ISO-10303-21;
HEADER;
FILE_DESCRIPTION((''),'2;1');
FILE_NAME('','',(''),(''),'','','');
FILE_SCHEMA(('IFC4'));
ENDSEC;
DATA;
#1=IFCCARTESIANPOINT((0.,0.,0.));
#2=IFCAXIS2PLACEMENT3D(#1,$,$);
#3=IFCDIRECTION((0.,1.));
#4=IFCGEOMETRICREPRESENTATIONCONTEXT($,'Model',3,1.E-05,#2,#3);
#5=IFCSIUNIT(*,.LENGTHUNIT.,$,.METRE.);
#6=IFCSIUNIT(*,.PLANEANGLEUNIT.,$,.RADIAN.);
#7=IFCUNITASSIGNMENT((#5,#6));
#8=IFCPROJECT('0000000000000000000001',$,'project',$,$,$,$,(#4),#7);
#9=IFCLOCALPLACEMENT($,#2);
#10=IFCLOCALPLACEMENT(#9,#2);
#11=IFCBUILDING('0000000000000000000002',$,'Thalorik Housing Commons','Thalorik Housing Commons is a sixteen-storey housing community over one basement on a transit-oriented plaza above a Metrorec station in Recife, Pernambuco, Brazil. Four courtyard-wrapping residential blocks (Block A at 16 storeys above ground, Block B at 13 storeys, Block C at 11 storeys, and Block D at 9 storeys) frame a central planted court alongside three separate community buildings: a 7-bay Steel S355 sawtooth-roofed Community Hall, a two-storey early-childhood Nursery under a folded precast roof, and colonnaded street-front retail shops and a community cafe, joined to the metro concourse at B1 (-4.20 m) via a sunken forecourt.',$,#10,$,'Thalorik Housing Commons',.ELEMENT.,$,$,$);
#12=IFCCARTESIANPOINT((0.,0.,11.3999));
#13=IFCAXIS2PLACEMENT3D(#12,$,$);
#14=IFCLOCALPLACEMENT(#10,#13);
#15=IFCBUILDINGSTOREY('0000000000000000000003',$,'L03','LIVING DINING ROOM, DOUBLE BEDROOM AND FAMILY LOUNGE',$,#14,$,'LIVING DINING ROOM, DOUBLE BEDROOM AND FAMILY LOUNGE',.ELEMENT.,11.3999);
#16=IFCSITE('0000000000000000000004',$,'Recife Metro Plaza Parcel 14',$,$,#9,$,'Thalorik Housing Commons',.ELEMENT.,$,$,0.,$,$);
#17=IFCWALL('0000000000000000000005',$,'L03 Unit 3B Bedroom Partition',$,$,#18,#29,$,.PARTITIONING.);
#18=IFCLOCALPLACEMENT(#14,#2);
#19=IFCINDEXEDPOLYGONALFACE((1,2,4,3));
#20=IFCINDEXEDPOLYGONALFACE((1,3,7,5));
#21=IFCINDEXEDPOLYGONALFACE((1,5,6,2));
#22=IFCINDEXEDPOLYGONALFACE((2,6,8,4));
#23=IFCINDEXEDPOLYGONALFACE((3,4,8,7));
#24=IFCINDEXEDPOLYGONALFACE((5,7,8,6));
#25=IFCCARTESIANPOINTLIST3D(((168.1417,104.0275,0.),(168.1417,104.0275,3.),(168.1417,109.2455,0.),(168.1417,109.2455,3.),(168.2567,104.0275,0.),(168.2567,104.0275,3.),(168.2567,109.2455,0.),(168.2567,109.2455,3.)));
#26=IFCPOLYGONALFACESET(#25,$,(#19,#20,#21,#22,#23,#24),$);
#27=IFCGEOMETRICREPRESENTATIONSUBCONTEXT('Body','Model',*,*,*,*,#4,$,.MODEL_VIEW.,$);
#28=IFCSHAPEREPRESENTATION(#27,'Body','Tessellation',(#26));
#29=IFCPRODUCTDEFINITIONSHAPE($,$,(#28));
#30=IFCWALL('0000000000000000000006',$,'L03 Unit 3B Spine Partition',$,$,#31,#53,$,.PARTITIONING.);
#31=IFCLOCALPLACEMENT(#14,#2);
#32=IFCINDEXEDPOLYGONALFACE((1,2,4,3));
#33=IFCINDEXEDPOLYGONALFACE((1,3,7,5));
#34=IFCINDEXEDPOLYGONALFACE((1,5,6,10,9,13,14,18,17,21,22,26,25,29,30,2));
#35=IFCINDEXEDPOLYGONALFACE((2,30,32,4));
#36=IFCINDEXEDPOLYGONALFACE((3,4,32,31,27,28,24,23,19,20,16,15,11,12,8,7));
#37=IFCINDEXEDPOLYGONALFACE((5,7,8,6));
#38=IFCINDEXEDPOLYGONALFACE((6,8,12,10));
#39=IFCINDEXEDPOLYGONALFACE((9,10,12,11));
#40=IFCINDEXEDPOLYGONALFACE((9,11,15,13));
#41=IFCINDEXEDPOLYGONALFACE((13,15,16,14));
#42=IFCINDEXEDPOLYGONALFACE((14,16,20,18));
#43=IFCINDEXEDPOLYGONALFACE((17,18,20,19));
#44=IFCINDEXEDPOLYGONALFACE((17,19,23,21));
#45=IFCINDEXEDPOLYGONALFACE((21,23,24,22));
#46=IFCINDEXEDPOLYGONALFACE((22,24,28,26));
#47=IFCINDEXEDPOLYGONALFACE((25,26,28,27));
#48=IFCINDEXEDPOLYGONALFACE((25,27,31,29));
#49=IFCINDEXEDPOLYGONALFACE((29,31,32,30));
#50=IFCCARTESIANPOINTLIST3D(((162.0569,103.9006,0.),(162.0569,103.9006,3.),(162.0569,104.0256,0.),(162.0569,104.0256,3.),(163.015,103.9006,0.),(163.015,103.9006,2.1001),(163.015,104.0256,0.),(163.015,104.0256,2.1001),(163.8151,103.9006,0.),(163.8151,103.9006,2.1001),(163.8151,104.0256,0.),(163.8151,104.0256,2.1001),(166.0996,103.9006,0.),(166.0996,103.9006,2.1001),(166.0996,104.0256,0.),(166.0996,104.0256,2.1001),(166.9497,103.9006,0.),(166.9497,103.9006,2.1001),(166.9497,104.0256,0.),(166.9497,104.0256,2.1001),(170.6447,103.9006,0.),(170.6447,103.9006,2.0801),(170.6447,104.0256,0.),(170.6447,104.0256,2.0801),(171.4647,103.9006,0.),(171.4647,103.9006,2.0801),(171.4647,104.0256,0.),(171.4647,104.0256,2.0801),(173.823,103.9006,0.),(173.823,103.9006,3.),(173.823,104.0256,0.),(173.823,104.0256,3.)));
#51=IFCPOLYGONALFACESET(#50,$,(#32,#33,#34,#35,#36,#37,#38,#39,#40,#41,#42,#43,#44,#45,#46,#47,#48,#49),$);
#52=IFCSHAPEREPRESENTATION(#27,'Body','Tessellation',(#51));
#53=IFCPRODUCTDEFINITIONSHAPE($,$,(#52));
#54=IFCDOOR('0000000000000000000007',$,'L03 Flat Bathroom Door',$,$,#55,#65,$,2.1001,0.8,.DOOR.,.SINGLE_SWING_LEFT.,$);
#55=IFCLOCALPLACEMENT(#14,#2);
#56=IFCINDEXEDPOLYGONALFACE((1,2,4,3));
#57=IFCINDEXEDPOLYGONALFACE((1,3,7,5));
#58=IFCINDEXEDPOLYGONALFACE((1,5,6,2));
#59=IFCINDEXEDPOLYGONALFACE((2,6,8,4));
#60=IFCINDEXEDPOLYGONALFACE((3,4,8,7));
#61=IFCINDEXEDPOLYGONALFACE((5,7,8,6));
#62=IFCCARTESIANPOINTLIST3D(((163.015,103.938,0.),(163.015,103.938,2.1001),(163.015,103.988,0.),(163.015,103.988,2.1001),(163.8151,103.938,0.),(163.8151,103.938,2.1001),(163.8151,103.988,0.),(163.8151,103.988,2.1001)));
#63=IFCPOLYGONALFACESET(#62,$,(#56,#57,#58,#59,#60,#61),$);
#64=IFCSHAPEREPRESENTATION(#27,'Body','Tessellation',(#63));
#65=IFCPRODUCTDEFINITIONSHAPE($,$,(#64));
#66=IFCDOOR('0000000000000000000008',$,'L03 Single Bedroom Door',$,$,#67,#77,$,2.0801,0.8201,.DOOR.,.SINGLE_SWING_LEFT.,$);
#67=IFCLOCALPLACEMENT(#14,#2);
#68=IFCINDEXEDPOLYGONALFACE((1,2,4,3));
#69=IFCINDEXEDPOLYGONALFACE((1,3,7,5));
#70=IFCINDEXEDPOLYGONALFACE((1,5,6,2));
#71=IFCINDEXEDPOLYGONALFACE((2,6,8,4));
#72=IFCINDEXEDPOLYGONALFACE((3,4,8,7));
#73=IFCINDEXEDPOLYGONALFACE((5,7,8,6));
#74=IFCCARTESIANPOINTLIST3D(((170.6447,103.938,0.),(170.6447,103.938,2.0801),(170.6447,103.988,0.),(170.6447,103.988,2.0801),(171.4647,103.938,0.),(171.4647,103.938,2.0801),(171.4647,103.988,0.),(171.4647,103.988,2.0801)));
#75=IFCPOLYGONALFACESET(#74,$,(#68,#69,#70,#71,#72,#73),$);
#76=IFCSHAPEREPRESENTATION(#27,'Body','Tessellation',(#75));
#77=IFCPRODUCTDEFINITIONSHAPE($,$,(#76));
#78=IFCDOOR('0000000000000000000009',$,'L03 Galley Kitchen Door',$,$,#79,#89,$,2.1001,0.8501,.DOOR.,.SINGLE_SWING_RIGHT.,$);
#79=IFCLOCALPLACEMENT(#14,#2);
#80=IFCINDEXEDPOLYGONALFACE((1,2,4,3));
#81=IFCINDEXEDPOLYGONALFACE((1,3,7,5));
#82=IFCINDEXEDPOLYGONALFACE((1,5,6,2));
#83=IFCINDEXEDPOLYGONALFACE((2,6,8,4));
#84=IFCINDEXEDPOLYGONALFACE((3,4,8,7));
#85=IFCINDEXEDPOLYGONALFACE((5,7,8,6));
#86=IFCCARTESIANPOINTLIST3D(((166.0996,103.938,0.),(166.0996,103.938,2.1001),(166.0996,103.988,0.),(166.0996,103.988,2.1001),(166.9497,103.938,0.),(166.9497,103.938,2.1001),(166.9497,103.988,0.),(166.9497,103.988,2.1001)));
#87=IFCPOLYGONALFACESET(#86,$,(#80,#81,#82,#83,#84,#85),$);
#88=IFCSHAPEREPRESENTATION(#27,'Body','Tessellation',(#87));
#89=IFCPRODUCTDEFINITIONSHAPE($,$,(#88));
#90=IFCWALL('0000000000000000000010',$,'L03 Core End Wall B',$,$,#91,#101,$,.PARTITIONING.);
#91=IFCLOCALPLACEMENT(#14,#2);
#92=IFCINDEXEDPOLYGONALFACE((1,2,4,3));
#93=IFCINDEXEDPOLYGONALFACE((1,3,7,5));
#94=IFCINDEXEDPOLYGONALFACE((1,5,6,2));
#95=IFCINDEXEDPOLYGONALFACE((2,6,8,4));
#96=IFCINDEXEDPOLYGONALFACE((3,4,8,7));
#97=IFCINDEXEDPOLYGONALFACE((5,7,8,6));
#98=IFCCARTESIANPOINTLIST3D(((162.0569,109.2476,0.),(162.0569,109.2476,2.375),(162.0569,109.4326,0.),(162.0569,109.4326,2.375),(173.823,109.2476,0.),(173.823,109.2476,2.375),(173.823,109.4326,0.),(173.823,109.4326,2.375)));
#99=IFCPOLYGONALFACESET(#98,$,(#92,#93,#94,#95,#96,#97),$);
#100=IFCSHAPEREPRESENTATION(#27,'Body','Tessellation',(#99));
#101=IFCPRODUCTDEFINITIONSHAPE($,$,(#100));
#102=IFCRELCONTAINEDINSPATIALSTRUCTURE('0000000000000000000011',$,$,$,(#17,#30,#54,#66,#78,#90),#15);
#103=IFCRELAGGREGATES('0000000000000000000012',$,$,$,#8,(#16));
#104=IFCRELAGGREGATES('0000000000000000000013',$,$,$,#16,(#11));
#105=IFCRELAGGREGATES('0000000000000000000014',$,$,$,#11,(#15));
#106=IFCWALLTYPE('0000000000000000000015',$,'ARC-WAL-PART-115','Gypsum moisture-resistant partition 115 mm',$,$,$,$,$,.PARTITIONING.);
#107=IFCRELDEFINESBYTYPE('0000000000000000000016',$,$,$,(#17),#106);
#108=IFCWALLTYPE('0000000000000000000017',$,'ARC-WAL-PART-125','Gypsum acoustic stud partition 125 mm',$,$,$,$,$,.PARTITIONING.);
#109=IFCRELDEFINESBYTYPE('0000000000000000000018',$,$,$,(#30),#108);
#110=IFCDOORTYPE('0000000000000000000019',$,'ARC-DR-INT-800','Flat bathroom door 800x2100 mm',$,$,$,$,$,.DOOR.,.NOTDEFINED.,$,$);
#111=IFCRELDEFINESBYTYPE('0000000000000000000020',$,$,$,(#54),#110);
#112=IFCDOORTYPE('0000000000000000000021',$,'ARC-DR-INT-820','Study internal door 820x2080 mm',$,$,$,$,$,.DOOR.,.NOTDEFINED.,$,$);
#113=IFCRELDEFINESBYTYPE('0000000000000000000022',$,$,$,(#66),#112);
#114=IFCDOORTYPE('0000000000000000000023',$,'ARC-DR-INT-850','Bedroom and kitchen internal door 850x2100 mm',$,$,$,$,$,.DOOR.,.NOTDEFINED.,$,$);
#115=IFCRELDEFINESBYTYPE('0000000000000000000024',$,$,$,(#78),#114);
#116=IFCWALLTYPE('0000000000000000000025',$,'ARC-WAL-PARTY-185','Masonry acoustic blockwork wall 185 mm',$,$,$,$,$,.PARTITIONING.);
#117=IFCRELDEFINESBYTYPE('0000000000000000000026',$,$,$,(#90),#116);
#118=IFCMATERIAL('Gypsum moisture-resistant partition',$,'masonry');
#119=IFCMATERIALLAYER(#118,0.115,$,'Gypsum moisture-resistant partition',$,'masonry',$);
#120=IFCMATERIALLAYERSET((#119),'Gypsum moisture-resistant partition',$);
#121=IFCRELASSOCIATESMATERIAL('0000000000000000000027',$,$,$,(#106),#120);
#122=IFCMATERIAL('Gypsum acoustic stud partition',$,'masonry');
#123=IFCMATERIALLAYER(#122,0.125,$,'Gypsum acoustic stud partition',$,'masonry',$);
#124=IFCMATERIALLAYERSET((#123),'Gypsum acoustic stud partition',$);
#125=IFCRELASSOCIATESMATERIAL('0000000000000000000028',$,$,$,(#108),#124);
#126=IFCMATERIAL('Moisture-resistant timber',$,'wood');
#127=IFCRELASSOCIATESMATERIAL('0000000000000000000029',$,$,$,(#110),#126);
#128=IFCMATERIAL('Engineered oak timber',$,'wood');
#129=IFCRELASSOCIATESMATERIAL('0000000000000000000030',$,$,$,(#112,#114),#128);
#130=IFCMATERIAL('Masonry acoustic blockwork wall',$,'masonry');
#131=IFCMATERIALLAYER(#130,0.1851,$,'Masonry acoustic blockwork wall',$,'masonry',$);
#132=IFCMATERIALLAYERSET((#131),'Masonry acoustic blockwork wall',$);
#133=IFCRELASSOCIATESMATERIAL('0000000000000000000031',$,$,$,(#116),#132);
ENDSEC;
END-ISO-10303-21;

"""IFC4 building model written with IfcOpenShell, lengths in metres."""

from ifc_helpers import new_model, si_unit, direction, frame, frame_2d, origin, place, context, subcontext, project, spatial, rectangle, extrude, material, layer, layer_set, type_object, element, fill, save


model = new_model("IFC4")

# Units and contexts
model_context = context("Model", 3, precision=1e-05, world=origin(), true_north=direction((0.0, 1.0)))
body_context = subcontext(model_context, "Body", "Model", "MODEL_VIEW")
ifc_project = project(units=[si_unit("LENGTHUNIT", "METRE"), si_unit("PLANEANGLEUNIT", "RADIAN")], contexts=[model_context])

# Site, building, storey
site_placement = place(None, origin())
site = spatial("IfcSite", under=ifc_project, at=site_placement, Name="Recife Metro Plaza Parcel 14", LongName="Thalorik Housing Commons", CompositionType="ELEMENT", RefElevation=0.0)
building_placement = place(site_placement, origin())
building = spatial("IfcBuilding", under=site, at=building_placement, Name="Thalorik Housing Commons", Description="Thalorik Housing Commons is a sixteen-storey housing community over one basement on a transit-oriented plaza above a Metrorec station in Recife, Pernambuco, Brazil. Four courtyard-wrapping residential blocks (Block A at 16 storeys above ground, Block B at 13 storeys, Block C at 11 storeys, and Block D at 9 storeys) frame a central planted court alongside three separate community buildings: a 7-bay Steel S355 sawtooth-roofed Community Hall, a two-storey early-childhood Nursery under a folded precast roof, and colonnaded street-front retail shops and a community cafe, joined to the metro concourse at B1 (-4.20 m) via a sunken forecourt.", LongName="Thalorik Housing Commons", CompositionType="ELEMENT")
storey_placement = place(building_placement, frame((0.0, 0.0, 11.3999)))
storey = spatial("IfcBuildingStorey", under=building, at=storey_placement, Name="L03", Description="LIVING DINING ROOM, DOUBLE BEDROOM AND FAMILY LOUNGE", LongName="LIVING DINING ROOM, DOUBLE BEDROOM AND FAMILY LOUNGE", CompositionType="ELEMENT", Elevation=11.3999)

# Wall
ifc_material_1 = material(Name="Gypsum moisture-resistant partition", Category="masonry")
ifc_layer_1 = layer(ifc_material_1, 0.115, Name="Gypsum moisture-resistant partition", Category="masonry")
ifc_layer_set_1 = layer_set([ifc_layer_1], Name="Gypsum moisture-resistant partition")
wall_type_1 = type_object("IfcWallType", Name="ARC-WAL-PART-115", Description="Gypsum moisture-resistant partition 115 mm", PredefinedType="PARTITIONING", material=ifc_layer_set_1)
wall_1_placement = place(storey_placement, frame((168.1992, 104.0276, 0.0), z_axis=(0.0, 0.0, 1.0), x_axis=(0.0, 1.0, 0.0)))
element("IfcWall", 1, at=wall_1_placement, inside=storey, type_object=wall_type_1, Name="L03 Unit 3B Bedroom Partition", PredefinedType="PARTITIONING", context=body_context, shape_type="SweptSolid", body=[
    extrude(rectangle(XDim=5.218, YDim=0.115, at=frame_2d((2.6089, 0.0))), origin(), (0.0, 0.0, 1.0), 3.0),
])

# Wall, openings, doors
ifc_material_2 = material(Name="Gypsum acoustic stud partition", Category="masonry")
ifc_layer_2 = layer(ifc_material_2, 0.125, Name="Gypsum acoustic stud partition", Category="masonry")
ifc_layer_set_2 = layer_set([ifc_layer_2], Name="Gypsum acoustic stud partition")
wall_type_2 = type_object("IfcWallType", Name="ARC-WAL-PART-125", Description="Gypsum acoustic stud partition 125 mm", PredefinedType="PARTITIONING", material=ifc_layer_set_2)
wall_2_placement = place(storey_placement, frame((162.0569, 103.9631, 0.0), z_axis=(0.0, 0.0, 1.0), x_axis=(1.0, 0.0, 0.0)))
wall_2 = element("IfcWall", 2, at=wall_2_placement, inside=storey, type_object=wall_type_2, Name="L03 Unit 3B Spine Partition", PredefinedType="PARTITIONING", context=body_context, shape_type="SweptSolid", body=[
    extrude(rectangle(XDim=11.7661, YDim=0.125, at=frame_2d((5.8831, 0.0))), origin(), (0.0, 0.0, 1.0), 3.0),
])
opening_1_placement = place(wall_2_placement, frame((0.9583, 0.0, 0.0)))
opening_1 = element("IfcOpeningElement", 3, at=opening_1_placement, cuts=wall_2, PredefinedType="OPENING", context=body_context, shape_type="SweptSolid", body=[
    extrude(rectangle(XDim=0.8, YDim=2.1001, at=frame_2d((0.3999, 1.05))), frame((0.0, 0.0725, 0.0), z_axis=(0.0, -1.0, 0.0), x_axis=(1.0, 0.0, 0.0)), (0.0, 0.0, 1.0), 0.145),
])
opening_2_placement = place(wall_2_placement, frame((4.0427, 0.0, 0.0)))
opening_2 = element("IfcOpeningElement", 4, at=opening_2_placement, cuts=wall_2, PredefinedType="OPENING", context=body_context, shape_type="SweptSolid", body=[
    extrude(rectangle(XDim=0.8501, YDim=2.1001, at=frame_2d((0.425, 1.05))), frame((0.0, 0.0725, 0.0), z_axis=(0.0, -1.0, 0.0), x_axis=(1.0, 0.0, 0.0)), (0.0, 0.0, 1.0), 0.145),
])
opening_3_placement = place(wall_2_placement, frame((8.5876, 0.0, 0.0)))
opening_3 = element("IfcOpeningElement", 5, at=opening_3_placement, cuts=wall_2, PredefinedType="OPENING", context=body_context, shape_type="SweptSolid", body=[
    extrude(rectangle(XDim=0.8201, YDim=2.0801, at=frame_2d((0.4102, 1.04))), frame((0.0, 0.0725, 0.0), z_axis=(0.0, -1.0, 0.0), x_axis=(1.0, 0.0, 0.0)), (0.0, 0.0, 1.0), 0.145),
])
ifc_material_3 = material(Name="Moisture-resistant timber", Category="wood")
door_type_1 = type_object("IfcDoorType", Name="ARC-DR-INT-800", Description="Flat bathroom door 800x2100 mm", OperationType="NOTDEFINED", PredefinedType="DOOR", material=ifc_material_3)
door_1_placement = place(opening_1_placement, origin())
door_1 = element("IfcDoor", 6, at=door_1_placement, inside=storey, type_object=door_type_1, Name="L03 Flat Bathroom Door", OperationType="SINGLE_SWING_LEFT", OverallHeight=2.1001, OverallWidth=0.8, PredefinedType="DOOR", context=body_context, shape_type="SweptSolid", body=[
    extrude(rectangle(XDim=0.8, YDim=2.1001, at=frame_2d((0.3999, 1.05))), frame((0.0, 0.0249, 0.0), z_axis=(0.0, -1.0, 0.0), x_axis=(1.0, 0.0, 0.0)), (0.0, 0.0, 1.0), 0.05),
])
fill(opening_1, door_1)
ifc_material_4 = material(Name="Engineered oak timber", Category="wood")
door_type_2 = type_object("IfcDoorType", Name="ARC-DR-INT-820", Description="Study internal door 820x2080 mm", OperationType="NOTDEFINED", PredefinedType="DOOR", material=ifc_material_4)
door_2_placement = place(opening_3_placement, origin())
door_2 = element("IfcDoor", 7, at=door_2_placement, inside=storey, type_object=door_type_2, Name="L03 Single Bedroom Door", OperationType="SINGLE_SWING_LEFT", OverallHeight=2.0801, OverallWidth=0.8201, PredefinedType="DOOR", context=body_context, shape_type="SweptSolid", body=[
    extrude(rectangle(XDim=0.8201, YDim=2.0801, at=frame_2d((0.4102, 1.04))), frame((0.0, 0.0249, 0.0), z_axis=(0.0, -1.0, 0.0), x_axis=(1.0, 0.0, 0.0)), (0.0, 0.0, 1.0), 0.05),
])
fill(opening_3, door_2)
door_type_3 = type_object("IfcDoorType", Name="ARC-DR-INT-850", Description="Bedroom and kitchen internal door 850x2100 mm", OperationType="NOTDEFINED", PredefinedType="DOOR", material=ifc_material_4)
door_3_placement = place(opening_2_placement, origin())
door_3 = element("IfcDoor", 8, at=door_3_placement, inside=storey, type_object=door_type_3, Name="L03 Galley Kitchen Door", OperationType="SINGLE_SWING_RIGHT", OverallHeight=2.1001, OverallWidth=0.8501, PredefinedType="DOOR", context=body_context, shape_type="SweptSolid", body=[
    extrude(rectangle(XDim=0.8501, YDim=2.1001, at=frame_2d((0.425, 1.05))), frame((0.0, 0.0249, 0.0), z_axis=(0.0, -1.0, 0.0), x_axis=(1.0, 0.0, 0.0)), (0.0, 0.0, 1.0), 0.05),
])
fill(opening_2, door_3)

# Wall
ifc_material_5 = material(Name="Masonry acoustic blockwork wall", Category="masonry")
ifc_layer_3 = layer(ifc_material_5, 0.1851, Name="Masonry acoustic blockwork wall", Category="masonry")
ifc_layer_set_3 = layer_set([ifc_layer_3], Name="Masonry acoustic blockwork wall")
wall_type_3 = type_object("IfcWallType", Name="ARC-WAL-PARTY-185", Description="Masonry acoustic blockwork wall 185 mm", PredefinedType="PARTITIONING", material=ifc_layer_set_3)
wall_3_placement = place(storey_placement, frame((162.0569, 109.3401, 0.0), z_axis=(0.0, 0.0, 1.0), x_axis=(1.0, 0.0, 0.0)))
element("IfcWall", 9, at=wall_3_placement, inside=storey, type_object=wall_type_3, Name="L03 Core End Wall B", PredefinedType="PARTITIONING", context=body_context, shape_type="SweptSolid", body=[
    extrude(rectangle(XDim=11.7661, YDim=0.1851, at=frame_2d((5.8831, 0.0))), origin(), (0.0, 0.0, 1.0), 2.375),
])

save(model, "model.ifc")
